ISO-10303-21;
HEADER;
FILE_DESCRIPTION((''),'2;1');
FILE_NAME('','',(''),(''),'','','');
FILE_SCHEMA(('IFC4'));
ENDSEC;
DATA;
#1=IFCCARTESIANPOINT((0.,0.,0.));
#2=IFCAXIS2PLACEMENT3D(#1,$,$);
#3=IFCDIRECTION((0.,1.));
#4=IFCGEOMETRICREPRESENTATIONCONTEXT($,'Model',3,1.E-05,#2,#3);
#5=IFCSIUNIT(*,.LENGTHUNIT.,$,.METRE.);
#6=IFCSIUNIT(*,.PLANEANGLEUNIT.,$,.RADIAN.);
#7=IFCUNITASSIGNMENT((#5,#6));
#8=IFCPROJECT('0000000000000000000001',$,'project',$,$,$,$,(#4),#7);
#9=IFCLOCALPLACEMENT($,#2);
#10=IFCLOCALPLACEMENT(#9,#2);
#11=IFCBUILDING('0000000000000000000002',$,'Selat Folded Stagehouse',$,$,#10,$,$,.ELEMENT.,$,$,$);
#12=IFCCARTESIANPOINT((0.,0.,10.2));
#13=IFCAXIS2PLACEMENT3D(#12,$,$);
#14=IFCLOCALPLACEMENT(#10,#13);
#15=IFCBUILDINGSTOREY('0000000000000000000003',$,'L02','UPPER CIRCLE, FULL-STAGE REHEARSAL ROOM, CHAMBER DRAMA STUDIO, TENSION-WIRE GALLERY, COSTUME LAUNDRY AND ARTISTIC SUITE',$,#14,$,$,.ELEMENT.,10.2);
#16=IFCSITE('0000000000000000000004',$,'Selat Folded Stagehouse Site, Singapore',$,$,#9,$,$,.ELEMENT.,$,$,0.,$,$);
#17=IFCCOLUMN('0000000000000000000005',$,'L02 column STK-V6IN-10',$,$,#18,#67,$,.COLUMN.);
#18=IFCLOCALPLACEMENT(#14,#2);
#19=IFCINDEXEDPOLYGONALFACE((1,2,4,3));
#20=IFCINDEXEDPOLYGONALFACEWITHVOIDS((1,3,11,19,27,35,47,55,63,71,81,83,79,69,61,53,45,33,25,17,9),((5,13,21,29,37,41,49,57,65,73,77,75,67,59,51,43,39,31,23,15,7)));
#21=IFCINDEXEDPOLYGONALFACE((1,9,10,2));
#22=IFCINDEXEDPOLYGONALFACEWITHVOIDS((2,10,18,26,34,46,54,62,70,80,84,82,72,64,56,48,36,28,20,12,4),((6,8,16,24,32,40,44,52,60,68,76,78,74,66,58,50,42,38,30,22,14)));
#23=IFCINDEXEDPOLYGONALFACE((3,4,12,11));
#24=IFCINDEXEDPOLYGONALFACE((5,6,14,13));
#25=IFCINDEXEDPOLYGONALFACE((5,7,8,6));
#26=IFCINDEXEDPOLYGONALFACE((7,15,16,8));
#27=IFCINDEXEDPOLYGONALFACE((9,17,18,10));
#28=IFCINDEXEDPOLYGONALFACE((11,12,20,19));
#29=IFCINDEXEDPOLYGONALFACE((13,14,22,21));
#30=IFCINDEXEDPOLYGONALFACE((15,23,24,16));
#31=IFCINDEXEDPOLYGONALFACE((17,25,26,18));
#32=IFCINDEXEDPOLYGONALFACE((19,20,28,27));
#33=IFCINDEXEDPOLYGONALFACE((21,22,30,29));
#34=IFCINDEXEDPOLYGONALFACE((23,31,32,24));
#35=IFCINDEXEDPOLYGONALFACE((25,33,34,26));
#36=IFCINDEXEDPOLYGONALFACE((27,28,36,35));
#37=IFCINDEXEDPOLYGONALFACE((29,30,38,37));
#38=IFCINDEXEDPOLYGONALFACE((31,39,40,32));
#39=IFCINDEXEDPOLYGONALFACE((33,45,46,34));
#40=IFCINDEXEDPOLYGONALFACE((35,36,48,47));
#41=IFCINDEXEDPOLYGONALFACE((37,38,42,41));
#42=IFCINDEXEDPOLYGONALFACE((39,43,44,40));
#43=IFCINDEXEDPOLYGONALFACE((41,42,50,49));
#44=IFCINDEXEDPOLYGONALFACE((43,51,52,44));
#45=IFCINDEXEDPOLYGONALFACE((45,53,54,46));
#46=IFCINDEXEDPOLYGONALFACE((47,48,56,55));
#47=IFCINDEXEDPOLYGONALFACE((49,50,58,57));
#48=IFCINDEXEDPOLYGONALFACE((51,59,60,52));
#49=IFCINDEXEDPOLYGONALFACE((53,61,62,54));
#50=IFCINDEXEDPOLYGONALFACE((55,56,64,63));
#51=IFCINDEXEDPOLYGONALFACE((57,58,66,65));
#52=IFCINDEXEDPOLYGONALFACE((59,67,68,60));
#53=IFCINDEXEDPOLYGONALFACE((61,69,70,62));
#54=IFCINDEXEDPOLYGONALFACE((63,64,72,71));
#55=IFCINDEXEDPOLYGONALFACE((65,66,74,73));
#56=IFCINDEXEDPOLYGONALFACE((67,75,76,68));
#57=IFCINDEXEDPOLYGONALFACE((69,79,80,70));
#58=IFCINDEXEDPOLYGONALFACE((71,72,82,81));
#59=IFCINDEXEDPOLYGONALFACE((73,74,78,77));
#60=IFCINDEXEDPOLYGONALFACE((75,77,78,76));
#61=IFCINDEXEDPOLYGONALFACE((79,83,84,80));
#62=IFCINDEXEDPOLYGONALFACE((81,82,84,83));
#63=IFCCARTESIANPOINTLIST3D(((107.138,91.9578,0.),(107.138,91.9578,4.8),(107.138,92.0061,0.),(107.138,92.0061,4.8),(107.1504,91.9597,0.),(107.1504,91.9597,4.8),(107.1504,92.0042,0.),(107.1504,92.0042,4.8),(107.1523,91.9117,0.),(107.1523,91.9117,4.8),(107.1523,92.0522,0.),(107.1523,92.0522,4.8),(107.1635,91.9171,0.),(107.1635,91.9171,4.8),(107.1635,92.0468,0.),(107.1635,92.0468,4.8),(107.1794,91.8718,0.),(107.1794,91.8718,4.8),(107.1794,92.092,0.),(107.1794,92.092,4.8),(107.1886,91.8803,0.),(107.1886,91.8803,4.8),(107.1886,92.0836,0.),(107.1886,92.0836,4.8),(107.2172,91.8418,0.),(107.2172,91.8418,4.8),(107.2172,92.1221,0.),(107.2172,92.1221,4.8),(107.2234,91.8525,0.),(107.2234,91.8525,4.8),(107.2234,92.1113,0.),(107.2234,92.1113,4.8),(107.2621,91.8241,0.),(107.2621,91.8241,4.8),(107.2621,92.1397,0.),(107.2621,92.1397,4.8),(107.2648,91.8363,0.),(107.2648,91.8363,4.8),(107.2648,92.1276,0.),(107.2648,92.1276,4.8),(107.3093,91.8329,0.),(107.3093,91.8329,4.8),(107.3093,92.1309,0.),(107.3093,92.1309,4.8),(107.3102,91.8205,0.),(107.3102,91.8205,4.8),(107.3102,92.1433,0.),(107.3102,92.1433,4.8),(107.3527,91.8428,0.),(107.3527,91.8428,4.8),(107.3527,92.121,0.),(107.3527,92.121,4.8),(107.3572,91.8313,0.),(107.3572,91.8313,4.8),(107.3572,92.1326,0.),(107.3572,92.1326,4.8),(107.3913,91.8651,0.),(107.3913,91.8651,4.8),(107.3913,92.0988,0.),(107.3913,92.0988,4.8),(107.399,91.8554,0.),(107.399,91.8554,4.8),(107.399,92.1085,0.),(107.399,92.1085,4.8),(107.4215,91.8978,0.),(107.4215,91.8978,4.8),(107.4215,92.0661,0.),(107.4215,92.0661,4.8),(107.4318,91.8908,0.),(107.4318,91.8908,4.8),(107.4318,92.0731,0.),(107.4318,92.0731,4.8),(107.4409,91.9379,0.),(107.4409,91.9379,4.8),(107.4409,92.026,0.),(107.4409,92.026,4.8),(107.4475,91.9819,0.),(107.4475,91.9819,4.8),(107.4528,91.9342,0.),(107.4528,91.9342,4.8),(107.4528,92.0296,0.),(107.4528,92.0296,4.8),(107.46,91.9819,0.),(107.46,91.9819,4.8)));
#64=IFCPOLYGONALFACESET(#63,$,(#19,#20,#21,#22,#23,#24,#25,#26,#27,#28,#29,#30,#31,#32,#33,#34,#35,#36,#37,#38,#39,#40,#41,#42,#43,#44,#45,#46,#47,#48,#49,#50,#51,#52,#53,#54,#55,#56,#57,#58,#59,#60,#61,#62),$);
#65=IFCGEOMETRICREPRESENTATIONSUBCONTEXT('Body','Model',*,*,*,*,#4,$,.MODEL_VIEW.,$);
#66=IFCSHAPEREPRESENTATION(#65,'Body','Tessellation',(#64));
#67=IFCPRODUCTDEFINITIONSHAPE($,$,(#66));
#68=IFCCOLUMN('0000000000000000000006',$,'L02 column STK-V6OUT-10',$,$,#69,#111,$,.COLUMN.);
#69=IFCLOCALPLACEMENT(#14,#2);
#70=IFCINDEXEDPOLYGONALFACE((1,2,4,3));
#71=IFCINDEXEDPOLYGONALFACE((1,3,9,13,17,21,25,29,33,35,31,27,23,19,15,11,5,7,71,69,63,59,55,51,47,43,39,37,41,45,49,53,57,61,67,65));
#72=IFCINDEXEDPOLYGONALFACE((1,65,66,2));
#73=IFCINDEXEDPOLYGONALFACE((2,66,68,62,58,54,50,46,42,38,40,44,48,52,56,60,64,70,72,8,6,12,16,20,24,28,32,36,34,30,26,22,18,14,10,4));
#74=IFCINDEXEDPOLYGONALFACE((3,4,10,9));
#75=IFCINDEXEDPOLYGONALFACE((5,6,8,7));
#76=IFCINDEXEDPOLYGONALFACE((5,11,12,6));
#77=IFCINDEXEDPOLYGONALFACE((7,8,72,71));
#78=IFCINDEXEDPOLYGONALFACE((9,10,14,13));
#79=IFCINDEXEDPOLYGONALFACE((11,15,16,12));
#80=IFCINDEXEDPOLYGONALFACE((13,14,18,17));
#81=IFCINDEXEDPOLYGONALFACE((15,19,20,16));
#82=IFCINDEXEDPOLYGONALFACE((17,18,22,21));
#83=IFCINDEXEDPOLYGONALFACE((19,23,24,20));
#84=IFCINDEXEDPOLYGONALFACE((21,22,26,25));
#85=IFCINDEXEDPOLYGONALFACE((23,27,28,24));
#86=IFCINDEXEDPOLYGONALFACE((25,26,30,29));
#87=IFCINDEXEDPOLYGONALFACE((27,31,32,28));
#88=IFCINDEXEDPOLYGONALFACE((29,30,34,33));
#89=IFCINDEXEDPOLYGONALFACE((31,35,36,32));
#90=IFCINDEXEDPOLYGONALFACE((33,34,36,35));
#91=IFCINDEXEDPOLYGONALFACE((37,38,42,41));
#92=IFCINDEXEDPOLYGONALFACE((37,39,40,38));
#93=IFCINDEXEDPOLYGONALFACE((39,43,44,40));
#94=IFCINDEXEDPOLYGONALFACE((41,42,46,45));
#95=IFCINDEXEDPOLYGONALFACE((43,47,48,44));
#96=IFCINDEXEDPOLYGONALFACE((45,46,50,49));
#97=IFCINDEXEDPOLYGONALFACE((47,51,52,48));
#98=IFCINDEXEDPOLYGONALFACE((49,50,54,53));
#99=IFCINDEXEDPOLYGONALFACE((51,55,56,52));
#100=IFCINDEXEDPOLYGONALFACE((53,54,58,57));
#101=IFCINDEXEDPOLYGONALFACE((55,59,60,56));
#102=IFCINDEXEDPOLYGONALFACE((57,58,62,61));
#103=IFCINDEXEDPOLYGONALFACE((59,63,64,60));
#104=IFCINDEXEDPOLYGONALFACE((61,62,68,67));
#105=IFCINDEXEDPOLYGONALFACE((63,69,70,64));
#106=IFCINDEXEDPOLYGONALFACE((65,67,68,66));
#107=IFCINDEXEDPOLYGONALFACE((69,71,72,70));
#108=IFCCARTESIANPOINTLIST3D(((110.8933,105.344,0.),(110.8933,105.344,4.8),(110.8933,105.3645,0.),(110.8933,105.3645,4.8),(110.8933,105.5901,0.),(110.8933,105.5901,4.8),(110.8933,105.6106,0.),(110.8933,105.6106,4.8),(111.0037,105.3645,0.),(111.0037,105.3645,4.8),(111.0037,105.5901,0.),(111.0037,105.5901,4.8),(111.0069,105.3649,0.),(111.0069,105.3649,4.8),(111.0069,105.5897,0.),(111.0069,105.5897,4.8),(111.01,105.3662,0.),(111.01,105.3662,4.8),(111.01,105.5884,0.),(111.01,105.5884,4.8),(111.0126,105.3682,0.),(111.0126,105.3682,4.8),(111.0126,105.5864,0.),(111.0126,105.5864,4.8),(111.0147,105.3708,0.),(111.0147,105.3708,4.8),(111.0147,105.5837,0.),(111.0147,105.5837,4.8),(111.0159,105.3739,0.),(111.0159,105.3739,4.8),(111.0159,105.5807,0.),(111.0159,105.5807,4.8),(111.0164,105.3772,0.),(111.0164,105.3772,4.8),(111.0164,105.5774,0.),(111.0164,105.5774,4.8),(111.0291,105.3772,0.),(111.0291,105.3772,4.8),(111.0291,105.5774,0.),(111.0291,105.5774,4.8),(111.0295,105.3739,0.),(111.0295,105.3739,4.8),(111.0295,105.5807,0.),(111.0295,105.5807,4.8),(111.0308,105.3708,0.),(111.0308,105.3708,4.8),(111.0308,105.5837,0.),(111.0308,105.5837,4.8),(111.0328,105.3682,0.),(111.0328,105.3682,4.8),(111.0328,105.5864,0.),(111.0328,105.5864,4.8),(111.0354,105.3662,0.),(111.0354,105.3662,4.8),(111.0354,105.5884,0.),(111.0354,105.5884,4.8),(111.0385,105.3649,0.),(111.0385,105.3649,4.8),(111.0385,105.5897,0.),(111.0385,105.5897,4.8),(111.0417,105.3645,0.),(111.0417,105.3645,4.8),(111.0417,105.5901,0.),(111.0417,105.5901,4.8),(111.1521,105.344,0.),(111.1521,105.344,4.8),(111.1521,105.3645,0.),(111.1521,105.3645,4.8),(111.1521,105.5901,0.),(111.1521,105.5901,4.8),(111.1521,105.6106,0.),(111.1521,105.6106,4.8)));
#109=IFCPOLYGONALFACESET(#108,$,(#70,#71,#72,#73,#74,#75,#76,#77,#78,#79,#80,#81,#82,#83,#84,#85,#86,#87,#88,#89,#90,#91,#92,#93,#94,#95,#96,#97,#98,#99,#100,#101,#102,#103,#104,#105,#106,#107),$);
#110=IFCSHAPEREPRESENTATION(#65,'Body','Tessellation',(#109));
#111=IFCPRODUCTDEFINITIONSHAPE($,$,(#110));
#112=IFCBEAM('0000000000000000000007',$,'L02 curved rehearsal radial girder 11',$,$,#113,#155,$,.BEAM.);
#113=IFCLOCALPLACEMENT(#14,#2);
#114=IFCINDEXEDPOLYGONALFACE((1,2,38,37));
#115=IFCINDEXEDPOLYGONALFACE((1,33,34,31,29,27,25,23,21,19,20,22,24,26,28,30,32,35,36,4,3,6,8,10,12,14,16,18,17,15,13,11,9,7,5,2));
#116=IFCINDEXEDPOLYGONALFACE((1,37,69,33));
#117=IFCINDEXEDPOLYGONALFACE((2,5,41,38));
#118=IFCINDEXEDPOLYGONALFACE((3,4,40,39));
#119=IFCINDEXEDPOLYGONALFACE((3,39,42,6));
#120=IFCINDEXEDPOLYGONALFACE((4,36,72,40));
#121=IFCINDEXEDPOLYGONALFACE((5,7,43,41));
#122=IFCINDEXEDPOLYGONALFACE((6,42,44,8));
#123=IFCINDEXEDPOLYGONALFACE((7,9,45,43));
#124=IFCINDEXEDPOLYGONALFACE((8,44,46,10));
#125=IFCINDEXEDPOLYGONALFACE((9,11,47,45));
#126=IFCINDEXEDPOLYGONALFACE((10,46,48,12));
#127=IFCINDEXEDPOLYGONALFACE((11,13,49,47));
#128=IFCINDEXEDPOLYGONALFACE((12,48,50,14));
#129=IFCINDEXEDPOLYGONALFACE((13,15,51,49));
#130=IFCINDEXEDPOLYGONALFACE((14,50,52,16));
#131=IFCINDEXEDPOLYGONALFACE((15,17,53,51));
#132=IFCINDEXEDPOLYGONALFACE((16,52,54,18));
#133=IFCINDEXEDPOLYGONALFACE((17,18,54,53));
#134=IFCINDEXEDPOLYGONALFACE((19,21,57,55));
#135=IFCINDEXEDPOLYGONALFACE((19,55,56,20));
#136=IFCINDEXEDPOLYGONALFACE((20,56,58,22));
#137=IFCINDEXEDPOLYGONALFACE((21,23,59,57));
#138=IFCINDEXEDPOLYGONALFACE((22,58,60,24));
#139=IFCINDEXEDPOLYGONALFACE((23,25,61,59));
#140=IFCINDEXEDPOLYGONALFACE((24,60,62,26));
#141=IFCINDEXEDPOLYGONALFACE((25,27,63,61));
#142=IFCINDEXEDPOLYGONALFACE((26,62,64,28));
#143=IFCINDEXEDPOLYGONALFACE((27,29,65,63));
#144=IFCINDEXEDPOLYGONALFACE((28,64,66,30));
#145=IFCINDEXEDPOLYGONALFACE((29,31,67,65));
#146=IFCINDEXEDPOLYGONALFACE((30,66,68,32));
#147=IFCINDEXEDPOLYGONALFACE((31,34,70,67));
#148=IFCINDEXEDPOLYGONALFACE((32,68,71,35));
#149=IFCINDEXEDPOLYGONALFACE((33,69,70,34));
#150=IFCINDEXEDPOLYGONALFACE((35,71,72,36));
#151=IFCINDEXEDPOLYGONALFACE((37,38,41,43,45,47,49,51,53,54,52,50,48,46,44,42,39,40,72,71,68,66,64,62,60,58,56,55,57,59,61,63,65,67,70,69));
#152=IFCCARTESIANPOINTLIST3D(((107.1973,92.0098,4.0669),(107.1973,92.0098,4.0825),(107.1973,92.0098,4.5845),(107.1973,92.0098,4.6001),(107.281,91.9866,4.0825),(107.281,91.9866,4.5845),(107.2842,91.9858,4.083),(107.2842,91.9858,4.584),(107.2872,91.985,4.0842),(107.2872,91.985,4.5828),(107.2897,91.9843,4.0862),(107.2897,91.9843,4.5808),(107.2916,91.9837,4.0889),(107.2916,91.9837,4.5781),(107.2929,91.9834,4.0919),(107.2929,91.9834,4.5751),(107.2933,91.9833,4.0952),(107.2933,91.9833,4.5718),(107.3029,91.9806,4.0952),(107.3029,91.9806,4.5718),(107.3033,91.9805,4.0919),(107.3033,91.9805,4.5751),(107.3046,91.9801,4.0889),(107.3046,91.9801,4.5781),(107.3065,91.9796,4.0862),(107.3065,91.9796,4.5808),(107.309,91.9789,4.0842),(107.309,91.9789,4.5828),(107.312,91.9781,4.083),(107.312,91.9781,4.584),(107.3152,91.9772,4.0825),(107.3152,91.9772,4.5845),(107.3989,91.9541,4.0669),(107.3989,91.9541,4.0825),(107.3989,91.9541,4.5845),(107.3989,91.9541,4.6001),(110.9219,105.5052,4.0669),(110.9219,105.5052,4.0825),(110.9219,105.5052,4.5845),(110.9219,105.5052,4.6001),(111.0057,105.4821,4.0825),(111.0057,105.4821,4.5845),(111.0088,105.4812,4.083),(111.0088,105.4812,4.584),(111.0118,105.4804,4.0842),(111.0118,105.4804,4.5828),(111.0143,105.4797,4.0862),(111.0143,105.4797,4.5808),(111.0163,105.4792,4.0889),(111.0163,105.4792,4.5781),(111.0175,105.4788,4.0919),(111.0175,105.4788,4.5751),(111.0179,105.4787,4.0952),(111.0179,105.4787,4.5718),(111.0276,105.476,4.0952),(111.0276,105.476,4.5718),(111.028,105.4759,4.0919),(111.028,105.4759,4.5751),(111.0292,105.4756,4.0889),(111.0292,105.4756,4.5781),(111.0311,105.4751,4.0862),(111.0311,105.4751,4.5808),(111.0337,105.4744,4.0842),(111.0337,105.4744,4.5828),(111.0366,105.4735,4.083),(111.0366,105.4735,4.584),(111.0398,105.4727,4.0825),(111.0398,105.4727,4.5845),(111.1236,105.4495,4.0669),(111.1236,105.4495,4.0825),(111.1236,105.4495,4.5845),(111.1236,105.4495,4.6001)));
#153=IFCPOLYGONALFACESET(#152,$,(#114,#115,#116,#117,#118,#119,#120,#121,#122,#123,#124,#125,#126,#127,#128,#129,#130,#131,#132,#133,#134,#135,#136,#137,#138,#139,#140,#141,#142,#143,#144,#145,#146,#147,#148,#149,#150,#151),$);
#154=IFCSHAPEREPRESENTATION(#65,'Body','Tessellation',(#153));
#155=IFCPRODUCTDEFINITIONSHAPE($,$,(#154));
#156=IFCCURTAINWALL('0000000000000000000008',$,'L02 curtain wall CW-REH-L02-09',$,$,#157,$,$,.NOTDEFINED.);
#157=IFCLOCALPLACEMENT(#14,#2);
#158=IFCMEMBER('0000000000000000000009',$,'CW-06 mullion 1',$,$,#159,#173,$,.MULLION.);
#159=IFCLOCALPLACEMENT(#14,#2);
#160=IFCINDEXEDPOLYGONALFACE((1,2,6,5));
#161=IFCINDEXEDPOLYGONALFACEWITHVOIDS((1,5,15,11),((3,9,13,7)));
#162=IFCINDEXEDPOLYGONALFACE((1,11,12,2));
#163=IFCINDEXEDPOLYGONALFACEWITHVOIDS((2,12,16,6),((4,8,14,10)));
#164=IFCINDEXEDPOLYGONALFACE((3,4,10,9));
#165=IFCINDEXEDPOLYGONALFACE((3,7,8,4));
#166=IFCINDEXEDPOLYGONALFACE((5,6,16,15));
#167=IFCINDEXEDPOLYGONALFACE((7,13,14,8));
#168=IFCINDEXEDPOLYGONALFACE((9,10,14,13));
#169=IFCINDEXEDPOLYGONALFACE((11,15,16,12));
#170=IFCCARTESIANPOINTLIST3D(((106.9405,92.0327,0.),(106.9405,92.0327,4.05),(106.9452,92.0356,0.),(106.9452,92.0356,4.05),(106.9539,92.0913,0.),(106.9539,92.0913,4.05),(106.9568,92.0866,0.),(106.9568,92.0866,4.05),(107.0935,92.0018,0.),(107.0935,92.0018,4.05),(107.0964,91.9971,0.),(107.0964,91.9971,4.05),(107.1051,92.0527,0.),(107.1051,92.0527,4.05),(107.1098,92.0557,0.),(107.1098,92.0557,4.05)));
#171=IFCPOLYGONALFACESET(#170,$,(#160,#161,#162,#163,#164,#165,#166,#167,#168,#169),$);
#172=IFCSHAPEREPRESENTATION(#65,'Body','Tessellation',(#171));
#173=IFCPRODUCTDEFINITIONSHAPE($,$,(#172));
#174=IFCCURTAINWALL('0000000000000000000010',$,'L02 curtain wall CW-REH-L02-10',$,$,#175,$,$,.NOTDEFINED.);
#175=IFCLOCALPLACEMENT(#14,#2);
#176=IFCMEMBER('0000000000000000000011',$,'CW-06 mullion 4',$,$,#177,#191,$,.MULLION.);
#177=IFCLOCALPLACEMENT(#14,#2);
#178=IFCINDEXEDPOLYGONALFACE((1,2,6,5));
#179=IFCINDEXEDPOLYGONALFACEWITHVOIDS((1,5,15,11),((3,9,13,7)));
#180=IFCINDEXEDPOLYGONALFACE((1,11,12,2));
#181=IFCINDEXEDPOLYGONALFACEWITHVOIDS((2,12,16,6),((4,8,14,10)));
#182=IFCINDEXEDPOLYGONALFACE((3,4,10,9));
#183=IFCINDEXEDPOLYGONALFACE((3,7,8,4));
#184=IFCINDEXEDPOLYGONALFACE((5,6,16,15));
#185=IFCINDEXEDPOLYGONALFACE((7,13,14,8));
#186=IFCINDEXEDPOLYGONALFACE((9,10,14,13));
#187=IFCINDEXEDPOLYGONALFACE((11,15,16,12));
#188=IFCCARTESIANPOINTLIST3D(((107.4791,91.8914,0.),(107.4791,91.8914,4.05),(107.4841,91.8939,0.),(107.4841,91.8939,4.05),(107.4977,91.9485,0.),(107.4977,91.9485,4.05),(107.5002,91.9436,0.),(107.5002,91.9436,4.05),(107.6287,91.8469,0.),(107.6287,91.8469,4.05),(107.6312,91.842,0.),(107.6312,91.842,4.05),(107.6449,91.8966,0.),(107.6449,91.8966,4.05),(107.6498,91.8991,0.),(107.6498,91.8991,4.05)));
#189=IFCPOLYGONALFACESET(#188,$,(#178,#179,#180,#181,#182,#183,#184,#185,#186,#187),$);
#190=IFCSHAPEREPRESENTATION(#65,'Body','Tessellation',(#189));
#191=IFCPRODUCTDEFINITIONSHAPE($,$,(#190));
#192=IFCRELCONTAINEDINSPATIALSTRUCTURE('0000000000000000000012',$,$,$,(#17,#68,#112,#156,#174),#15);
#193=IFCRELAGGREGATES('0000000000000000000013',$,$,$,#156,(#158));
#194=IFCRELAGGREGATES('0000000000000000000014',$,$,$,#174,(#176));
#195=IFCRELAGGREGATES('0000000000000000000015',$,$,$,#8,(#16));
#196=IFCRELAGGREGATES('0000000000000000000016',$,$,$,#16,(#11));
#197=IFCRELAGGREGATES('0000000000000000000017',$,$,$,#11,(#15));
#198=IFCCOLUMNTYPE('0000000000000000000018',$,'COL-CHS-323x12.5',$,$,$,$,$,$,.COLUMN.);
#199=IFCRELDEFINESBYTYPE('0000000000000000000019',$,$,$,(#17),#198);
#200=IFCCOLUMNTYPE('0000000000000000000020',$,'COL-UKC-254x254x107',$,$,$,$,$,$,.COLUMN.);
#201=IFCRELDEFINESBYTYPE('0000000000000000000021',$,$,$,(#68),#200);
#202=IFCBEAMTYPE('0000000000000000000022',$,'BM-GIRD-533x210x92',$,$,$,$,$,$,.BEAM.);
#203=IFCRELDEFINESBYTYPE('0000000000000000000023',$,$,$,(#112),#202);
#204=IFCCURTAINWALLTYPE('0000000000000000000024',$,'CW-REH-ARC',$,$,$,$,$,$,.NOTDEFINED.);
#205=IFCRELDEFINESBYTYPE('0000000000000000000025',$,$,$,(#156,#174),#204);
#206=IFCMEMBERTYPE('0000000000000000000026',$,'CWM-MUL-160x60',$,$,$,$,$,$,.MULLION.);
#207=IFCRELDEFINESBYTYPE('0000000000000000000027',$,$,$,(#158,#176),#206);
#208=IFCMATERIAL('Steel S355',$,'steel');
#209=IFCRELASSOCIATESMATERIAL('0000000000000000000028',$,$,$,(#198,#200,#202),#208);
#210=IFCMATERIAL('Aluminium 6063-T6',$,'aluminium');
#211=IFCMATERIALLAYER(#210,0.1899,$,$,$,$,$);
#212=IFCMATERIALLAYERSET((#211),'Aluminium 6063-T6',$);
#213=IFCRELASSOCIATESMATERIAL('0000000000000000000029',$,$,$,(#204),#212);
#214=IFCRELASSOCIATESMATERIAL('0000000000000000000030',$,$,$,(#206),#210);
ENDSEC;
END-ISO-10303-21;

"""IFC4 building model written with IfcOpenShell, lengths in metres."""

from ifc_helpers import new_model, si_unit, direction, frame, origin, origin_2d, place, context, subcontext, project, spatial, hollow_rectangle, hollow_circle, i_section, extrude, material, layer, layer_set, material_profile, profile_set, type_object, element, aggregate, save


model = new_model("IFC4")

# Units and contexts
model_context = context("Model", 3, precision=1e-05, world=origin(), true_north=direction((0.0, 1.0)))
body_context = subcontext(model_context, "Body", "Model", "MODEL_VIEW")
ifc_project = project(units=[si_unit("LENGTHUNIT", "METRE"), si_unit("PLANEANGLEUNIT", "RADIAN")], contexts=[model_context])

# Site, building, storey
site_placement = place(None, origin())
site = spatial("IfcSite", under=ifc_project, at=site_placement, Name="Selat Folded Stagehouse Site, Singapore", CompositionType="ELEMENT", RefElevation=0.0)
building_placement = place(site_placement, origin())
building = spatial("IfcBuilding", under=site, at=building_placement, Name="Selat Folded Stagehouse", CompositionType="ELEMENT")
storey_placement = place(building_placement, frame((0.0, 0.0, 10.2)))
storey = spatial("IfcBuildingStorey", under=building, at=storey_placement, Name="L02", Description="UPPER CIRCLE, FULL-STAGE REHEARSAL ROOM, CHAMBER DRAMA STUDIO, TENSION-WIRE GALLERY, COSTUME LAUNDRY AND ARTISTIC SUITE", CompositionType="ELEMENT", Elevation=10.2)

# Columns
ifc_material_1 = material(Name="Steel S355", Category="steel")
ifc_material_profile_1 = material_profile(ifc_material_1, hollow_circle(Radius=0.1619, WallThickness=0.0125, at=origin_2d()), Name="CHS 323.9x12.5")
ifc_profile_set_1 = profile_set([ifc_material_profile_1], Name="Steel S355")
column_type_1 = type_object("IfcColumnType", Name="COL-CHS-323x12.5", PredefinedType="COLUMN", material=ifc_profile_set_1)
column_1_placement = place(storey_placement, frame((107.2981, 91.9819, 0.0), z_axis=(0.0, 0.0, 1.0), x_axis=(1.0, 0.0, 0.0)))
element("IfcColumn", 1, at=column_1_placement, inside=storey, type_object=column_type_1, Name="L02 column STK-V6IN-10", PredefinedType="COLUMN", context=body_context, shape_type="SweptSolid", body=[
    extrude(hollow_circle(Radius=0.1619, WallThickness=0.0125, at=origin_2d()), origin(), (0.0, 0.0, 1.0), 4.8),
])
ifc_material_profile_2 = material_profile(ifc_material_1, i_section(OverallWidth=0.2588, OverallDepth=0.2666, WebThickness=0.0127, FlangeThickness=0.0205, FilletRadius=0.0127, at=origin_2d()), Name="UKC 254x254x107")
ifc_profile_set_2 = profile_set([ifc_material_profile_2], Name="Steel S355")
column_type_2 = type_object("IfcColumnType", Name="COL-UKC-254x254x107", PredefinedType="COLUMN", material=ifc_profile_set_2)
column_2_placement = place(storey_placement, frame((111.0227, 105.4773, 0.0), z_axis=(0.0, 0.0, 1.0), x_axis=(1.0, 0.0, 0.0)))
element("IfcColumn", 2, at=column_2_placement, inside=storey, type_object=column_type_2, Name="L02 column STK-V6OUT-10", PredefinedType="COLUMN", context=body_context, shape_type="SweptSolid", body=[
    extrude(i_section(OverallWidth=0.2588, OverallDepth=0.2666, WebThickness=0.0127, FlangeThickness=0.0205, FilletRadius=0.0127, at=origin_2d()), origin(), (0.0, 0.0, 1.0), 4.8),
])

# Beam
ifc_material_profile_3 = material_profile(ifc_material_1, i_section(OverallWidth=0.2092, OverallDepth=0.5332, WebThickness=0.01, FlangeThickness=0.0156, FilletRadius=0.0127, at=origin_2d()), Name="UKB 533x210x92")
ifc_profile_set_3 = profile_set([ifc_material_profile_3], Name="Steel S355")
beam_type_1 = type_object("IfcBeamType", Name="BM-GIRD-533x210x92", PredefinedType="BEAM", material=ifc_profile_set_3)
beam_1_placement = place(storey_placement, frame((107.2981, 91.9819, 4.3335), z_axis=(0.266045, 0.963961, 0.0), x_axis=(-0.963961, 0.266045, 0.0)))
element("IfcBeam", 3, at=beam_1_placement, inside=storey, type_object=beam_type_1, Name="L02 curved rehearsal radial girder 11", PredefinedType="BEAM", context=body_context, shape_type="SweptSolid", body=[
    extrude(i_section(OverallWidth=0.2092, OverallDepth=0.5332, WebThickness=0.01, FlangeThickness=0.0156, FilletRadius=0.0127, at=origin_2d()), origin(), (0.0, 0.0, 1.0), 14.0),
])

# Curtain walls, members
ifc_material_2 = material(Name="Aluminium 6063-T6", Category="aluminium")
ifc_layer_1 = layer(ifc_material_2, 0.1899)
ifc_layer_set_1 = layer_set([ifc_layer_1], Name="Aluminium 6063-T6")
curtain_wall_type = type_object("IfcCurtainWallType", Name="CW-REH-ARC", PredefinedType="NOTDEFINED", material=ifc_layer_set_1)
curtain_wall_1_placement = place(storey_placement, origin())
curtain_wall_1 = element("IfcCurtainWall", 4, at=curtain_wall_1_placement, inside=storey, type_object=curtain_wall_type, Name="L02 curtain wall CW-REH-L02-09", PredefinedType="NOTDEFINED")
ifc_material_profile_4 = material_profile(ifc_material_2, hollow_rectangle(XDim=0.0601, YDim=0.1599, WallThickness=0.0039, at=origin_2d()), Name="ALU 160x60x4.0")
ifc_profile_set_4 = profile_set([ifc_material_profile_4], Name="Aluminium 6063-T6")
member_type_1 = type_object("IfcMemberType", Name="CWM-MUL-160x60", PredefinedType="MULLION", material=ifc_profile_set_4)
member_1_placement = place(storey_placement, frame((107.0251, 92.0442, 0.0), z_axis=(0.0, 0.0, 1.0), x_axis=(-0.222543, -0.974923, 0.0)))
member_1 = element("IfcMember", 5, at=member_1_placement, type_object=member_type_1, Name="CW-06 mullion 1", PredefinedType="MULLION", context=body_context, shape_type="SweptSolid", body=[
    extrude(hollow_rectangle(XDim=0.0601, YDim=0.1599, WallThickness=0.0039, at=origin_2d()), origin(), (0.0, 0.0, 1.0), 4.05),
])
curtain_wall_2_placement = place(storey_placement, origin())
curtain_wall_2 = element("IfcCurtainWall", 6, at=curtain_wall_2_placement, inside=storey, type_object=curtain_wall_type, Name="L02 curtain wall CW-REH-L02-10", PredefinedType="NOTDEFINED")
member_2_placement = place(storey_placement, frame((107.5645, 91.8953, 0.0), z_axis=(0.0, 0.0, 1.0), x_axis=(-0.308992, -0.951065, 0.0)))
member_2 = element("IfcMember", 7, at=member_2_placement, type_object=member_type_1, Name="CW-06 mullion 4", PredefinedType="MULLION", context=body_context, shape_type="SweptSolid", body=[
    extrude(hollow_rectangle(XDim=0.0601, YDim=0.1599, WallThickness=0.0039, at=origin_2d()), origin(), (0.0, 0.0, 1.0), 4.05),
])

aggregate(curtain_wall_1, [member_1])

aggregate(curtain_wall_2, [member_2])

save(model, "model.ifc")
